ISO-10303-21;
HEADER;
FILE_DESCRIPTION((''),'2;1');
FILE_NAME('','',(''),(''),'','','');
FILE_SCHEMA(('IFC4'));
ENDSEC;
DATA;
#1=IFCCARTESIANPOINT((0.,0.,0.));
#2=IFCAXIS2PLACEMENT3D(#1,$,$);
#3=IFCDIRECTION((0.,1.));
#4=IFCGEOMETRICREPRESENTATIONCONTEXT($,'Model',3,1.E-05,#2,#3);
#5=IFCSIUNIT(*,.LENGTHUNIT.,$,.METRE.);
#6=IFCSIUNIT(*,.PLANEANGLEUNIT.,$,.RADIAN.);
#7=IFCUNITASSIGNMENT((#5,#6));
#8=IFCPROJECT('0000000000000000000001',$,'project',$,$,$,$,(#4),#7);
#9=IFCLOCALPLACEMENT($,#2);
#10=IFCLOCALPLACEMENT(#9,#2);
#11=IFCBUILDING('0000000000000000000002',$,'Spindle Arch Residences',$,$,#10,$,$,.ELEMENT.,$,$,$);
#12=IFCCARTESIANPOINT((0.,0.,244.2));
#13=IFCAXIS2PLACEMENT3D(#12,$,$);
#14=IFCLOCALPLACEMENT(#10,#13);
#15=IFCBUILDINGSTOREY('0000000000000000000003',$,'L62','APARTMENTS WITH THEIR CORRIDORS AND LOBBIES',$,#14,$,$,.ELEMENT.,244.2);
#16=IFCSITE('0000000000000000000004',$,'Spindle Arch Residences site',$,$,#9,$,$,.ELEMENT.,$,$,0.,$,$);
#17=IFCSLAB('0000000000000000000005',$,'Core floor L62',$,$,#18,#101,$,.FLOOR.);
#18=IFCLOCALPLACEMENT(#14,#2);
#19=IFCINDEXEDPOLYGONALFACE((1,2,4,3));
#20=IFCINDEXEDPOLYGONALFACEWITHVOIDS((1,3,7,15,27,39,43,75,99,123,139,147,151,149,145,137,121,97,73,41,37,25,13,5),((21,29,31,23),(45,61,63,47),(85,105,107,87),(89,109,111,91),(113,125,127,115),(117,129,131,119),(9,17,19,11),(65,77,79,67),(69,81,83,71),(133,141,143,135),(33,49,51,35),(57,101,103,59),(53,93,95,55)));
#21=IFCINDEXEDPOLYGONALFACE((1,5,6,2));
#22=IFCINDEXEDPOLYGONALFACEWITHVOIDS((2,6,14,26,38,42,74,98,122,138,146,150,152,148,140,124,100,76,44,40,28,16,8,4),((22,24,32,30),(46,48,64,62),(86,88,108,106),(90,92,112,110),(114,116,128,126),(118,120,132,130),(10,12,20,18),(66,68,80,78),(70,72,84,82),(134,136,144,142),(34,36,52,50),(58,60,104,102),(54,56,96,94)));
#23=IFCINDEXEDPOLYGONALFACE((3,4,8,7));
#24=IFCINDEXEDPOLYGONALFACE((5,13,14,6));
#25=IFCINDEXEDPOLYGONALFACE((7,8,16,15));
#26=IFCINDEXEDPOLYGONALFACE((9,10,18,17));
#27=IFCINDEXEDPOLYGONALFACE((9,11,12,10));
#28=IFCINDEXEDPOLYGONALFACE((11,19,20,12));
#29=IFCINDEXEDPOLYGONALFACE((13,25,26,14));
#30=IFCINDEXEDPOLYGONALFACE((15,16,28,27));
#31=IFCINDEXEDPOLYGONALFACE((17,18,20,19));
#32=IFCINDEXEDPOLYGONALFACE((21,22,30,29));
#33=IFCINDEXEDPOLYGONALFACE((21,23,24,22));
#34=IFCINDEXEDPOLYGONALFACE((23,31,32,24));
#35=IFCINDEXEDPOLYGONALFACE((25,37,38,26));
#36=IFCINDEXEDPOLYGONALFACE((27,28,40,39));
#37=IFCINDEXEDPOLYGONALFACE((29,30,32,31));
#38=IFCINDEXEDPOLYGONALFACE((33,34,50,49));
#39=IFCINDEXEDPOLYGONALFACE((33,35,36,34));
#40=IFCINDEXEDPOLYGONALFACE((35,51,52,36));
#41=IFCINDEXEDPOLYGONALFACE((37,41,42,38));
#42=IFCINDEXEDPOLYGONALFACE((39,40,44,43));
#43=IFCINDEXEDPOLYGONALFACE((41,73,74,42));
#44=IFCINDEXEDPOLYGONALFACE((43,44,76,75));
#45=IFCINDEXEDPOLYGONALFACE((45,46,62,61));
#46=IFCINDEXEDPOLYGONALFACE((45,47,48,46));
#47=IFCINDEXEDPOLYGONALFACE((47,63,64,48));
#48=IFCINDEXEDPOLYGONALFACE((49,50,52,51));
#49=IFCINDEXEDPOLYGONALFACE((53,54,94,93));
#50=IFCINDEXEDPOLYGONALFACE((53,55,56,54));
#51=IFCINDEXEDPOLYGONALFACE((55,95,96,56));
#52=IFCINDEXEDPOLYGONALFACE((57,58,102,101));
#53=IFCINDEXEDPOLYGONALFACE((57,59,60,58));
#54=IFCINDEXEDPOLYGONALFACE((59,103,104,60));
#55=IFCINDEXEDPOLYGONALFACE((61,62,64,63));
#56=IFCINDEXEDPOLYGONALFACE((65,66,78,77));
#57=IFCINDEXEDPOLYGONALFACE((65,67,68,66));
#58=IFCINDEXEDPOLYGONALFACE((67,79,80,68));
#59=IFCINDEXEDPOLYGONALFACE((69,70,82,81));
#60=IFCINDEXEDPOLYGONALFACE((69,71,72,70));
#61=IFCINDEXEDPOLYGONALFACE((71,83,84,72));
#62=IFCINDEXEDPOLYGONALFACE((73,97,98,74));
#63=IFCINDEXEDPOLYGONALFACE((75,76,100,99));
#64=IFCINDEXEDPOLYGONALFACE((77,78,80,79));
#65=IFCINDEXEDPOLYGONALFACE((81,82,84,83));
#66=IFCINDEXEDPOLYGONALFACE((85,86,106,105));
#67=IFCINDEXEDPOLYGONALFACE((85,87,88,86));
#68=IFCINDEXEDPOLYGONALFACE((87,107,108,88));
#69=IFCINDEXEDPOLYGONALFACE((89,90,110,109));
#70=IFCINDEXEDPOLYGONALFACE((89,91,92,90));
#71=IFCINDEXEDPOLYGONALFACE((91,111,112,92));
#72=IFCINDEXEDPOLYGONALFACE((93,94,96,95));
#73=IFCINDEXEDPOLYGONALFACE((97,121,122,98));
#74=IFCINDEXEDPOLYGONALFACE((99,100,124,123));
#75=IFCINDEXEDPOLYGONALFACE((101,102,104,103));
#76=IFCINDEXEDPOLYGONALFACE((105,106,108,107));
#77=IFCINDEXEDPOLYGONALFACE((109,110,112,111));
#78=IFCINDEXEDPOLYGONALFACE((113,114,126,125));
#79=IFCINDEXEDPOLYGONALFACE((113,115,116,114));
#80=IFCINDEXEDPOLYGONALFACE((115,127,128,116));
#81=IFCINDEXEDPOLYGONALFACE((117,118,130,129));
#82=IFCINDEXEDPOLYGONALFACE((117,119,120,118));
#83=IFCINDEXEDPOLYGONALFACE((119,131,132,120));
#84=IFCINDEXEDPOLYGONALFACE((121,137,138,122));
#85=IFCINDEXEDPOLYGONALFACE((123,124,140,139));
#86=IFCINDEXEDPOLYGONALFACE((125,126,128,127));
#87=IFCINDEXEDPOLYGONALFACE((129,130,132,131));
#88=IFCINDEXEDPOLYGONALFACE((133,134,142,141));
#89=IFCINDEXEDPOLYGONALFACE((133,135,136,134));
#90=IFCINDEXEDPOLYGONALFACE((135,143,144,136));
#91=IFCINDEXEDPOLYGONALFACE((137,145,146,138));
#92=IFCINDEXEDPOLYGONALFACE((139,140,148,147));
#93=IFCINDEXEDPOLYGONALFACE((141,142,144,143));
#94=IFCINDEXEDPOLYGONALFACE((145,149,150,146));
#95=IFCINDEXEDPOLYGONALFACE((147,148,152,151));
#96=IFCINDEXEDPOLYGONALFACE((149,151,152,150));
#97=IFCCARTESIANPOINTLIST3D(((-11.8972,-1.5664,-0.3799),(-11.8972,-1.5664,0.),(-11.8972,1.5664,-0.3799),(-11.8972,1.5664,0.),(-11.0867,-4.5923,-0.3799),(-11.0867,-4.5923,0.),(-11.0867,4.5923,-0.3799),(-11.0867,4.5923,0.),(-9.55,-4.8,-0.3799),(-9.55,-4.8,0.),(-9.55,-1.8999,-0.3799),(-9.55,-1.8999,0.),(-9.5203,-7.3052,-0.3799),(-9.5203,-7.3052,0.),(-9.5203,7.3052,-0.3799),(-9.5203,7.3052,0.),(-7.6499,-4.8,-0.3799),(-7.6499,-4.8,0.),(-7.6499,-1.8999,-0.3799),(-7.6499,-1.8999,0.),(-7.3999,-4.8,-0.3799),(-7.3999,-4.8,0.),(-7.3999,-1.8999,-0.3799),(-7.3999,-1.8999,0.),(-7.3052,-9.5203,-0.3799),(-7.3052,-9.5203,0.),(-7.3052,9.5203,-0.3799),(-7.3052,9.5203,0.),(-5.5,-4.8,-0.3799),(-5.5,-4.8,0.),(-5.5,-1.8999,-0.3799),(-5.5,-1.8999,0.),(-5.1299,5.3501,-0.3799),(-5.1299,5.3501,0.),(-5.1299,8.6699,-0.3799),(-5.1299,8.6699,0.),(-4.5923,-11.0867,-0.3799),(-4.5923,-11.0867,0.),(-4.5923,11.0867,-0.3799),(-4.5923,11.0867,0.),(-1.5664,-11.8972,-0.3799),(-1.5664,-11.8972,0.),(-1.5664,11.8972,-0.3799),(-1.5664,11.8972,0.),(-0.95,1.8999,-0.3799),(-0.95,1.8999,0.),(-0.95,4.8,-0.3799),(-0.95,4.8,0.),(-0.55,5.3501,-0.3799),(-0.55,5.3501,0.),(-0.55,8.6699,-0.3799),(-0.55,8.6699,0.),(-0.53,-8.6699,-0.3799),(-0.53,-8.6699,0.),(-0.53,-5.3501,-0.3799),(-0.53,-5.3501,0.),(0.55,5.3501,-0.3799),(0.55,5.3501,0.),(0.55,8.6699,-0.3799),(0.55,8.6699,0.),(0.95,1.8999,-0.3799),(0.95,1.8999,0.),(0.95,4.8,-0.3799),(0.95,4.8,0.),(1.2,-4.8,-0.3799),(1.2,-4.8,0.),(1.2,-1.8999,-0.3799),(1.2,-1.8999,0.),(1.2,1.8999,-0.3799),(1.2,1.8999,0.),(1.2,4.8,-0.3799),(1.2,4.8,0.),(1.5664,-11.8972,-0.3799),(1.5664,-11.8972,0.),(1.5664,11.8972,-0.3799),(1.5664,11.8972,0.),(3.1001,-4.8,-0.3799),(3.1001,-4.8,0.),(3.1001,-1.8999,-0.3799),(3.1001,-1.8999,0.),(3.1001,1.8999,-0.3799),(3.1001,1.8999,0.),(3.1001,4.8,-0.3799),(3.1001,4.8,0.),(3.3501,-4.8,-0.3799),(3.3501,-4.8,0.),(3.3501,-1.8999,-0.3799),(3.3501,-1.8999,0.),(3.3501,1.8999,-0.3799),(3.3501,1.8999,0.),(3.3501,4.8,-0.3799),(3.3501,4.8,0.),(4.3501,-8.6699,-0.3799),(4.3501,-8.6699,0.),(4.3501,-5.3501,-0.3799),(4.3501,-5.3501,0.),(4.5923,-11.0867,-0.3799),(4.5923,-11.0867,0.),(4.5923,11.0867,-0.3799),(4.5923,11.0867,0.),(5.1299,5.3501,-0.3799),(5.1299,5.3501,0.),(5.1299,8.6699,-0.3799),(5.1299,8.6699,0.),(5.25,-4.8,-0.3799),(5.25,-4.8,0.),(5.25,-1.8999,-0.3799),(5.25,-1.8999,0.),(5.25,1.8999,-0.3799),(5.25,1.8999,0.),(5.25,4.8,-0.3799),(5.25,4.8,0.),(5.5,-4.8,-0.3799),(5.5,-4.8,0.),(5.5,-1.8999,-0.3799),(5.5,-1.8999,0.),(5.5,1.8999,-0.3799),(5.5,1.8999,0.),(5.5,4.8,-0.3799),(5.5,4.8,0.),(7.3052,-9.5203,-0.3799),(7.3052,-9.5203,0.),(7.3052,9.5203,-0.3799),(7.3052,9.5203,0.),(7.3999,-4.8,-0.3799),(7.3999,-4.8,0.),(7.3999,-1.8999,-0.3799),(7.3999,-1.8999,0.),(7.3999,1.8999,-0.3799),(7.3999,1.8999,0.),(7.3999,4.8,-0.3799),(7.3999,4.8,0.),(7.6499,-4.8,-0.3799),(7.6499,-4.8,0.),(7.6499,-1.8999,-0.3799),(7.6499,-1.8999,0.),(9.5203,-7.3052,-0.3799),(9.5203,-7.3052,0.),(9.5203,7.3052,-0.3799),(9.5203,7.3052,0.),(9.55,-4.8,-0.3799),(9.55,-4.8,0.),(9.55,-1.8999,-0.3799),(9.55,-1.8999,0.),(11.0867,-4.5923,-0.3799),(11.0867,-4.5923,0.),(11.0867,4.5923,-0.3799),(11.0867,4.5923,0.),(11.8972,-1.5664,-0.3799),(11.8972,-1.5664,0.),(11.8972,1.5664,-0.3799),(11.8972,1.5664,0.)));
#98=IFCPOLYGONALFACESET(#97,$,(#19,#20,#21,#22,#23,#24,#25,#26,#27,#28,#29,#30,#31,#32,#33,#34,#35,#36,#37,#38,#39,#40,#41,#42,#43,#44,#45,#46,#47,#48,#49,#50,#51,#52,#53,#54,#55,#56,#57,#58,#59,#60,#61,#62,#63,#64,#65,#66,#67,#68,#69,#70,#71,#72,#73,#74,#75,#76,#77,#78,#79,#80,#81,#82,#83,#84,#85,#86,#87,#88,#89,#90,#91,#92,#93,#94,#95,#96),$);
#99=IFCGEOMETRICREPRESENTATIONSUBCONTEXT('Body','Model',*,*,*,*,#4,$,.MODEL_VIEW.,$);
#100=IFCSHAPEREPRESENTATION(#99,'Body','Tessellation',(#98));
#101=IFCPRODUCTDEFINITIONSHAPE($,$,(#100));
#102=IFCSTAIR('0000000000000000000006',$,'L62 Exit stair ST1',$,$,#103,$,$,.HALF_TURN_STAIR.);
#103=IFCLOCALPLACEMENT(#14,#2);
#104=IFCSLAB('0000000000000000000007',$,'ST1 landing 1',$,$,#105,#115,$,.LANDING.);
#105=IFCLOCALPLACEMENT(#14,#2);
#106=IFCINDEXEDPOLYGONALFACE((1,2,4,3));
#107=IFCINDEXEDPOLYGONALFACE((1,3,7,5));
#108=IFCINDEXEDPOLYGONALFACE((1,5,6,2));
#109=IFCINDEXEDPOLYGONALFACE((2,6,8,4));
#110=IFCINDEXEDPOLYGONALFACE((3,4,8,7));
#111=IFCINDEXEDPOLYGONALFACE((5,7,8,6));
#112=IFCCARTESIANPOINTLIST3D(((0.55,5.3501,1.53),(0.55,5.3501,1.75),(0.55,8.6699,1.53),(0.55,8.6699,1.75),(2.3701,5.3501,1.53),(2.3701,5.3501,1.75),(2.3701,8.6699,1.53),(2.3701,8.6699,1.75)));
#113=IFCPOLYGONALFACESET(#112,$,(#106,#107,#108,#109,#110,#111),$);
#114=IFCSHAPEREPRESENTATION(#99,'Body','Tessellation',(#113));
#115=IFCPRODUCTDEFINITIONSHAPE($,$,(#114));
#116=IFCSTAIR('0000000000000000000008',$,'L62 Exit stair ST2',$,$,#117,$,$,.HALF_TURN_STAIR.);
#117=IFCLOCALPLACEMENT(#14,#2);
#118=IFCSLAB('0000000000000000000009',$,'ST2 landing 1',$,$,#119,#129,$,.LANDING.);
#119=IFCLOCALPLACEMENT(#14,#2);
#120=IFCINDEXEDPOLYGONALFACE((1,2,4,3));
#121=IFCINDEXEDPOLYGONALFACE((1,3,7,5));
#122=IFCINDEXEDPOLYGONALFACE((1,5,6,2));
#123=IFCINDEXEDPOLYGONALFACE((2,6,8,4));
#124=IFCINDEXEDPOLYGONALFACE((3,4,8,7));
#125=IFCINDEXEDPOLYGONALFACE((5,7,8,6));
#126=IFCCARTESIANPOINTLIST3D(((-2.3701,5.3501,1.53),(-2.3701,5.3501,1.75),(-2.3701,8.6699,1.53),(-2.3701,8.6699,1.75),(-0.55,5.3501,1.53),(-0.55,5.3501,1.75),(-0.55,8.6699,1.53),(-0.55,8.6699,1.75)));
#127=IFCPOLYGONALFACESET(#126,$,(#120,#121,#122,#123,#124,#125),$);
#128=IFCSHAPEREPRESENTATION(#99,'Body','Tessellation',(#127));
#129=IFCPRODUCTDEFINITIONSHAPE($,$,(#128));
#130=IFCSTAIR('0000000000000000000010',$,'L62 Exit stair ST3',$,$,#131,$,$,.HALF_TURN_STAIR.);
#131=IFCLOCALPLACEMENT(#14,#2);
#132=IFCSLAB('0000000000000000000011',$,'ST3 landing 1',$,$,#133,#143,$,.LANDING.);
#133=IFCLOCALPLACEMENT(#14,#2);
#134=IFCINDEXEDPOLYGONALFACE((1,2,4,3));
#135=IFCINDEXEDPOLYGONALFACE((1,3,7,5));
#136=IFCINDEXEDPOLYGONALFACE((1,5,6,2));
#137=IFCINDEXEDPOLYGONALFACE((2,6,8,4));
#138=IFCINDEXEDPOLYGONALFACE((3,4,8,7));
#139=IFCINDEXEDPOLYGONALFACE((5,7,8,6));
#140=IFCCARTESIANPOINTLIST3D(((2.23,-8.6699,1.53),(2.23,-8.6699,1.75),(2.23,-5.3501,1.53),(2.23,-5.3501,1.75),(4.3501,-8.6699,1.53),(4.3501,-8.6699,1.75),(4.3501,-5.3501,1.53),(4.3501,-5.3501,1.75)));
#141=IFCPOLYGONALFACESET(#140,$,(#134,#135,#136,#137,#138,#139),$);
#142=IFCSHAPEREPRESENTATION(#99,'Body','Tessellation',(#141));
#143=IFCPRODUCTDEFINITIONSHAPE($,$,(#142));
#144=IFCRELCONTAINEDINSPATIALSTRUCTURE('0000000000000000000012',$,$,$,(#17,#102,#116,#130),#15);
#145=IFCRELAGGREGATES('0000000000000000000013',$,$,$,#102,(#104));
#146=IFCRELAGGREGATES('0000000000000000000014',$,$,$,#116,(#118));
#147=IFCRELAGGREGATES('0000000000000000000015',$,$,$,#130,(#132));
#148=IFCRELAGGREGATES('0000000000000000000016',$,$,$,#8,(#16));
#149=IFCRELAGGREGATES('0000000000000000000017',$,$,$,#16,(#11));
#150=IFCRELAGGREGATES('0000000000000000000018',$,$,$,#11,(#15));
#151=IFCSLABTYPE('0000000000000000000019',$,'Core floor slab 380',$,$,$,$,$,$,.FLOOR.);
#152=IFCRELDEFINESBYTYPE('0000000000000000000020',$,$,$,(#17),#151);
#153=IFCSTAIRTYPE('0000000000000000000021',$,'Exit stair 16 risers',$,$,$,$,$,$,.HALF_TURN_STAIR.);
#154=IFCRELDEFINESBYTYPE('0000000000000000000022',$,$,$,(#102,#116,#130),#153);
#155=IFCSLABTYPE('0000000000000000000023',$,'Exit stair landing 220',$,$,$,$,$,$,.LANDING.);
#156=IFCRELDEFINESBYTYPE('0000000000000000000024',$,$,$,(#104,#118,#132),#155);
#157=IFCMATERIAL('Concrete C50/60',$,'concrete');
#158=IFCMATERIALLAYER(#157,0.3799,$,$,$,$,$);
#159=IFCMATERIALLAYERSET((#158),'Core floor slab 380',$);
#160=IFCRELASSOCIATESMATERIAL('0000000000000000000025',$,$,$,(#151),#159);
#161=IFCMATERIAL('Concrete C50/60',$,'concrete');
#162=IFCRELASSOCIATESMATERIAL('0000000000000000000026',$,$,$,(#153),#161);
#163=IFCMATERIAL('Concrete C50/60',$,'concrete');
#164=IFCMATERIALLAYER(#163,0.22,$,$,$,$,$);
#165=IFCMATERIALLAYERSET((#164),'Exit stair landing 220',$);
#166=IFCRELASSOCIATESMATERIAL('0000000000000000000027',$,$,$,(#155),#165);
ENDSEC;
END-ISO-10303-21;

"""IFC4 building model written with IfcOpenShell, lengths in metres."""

from ifc_helpers import new_model, si_unit, direction, frame, origin, place, context, subcontext, project, spatial, polyline, outline, extrude, material, layer, layer_set, type_object, element, aggregate, save


model = new_model("IFC4")

# Units and contexts
model_context = context("Model", 3, precision=1e-05, world=origin(), true_north=direction((0.0, 1.0)))
body_context = subcontext(model_context, "Body", "Model", "MODEL_VIEW")
ifc_project = project(units=[si_unit("LENGTHUNIT", "METRE"), si_unit("PLANEANGLEUNIT", "RADIAN")], contexts=[model_context])

# Site, building, storey
site_placement = place(None, origin())
site = spatial("IfcSite", under=ifc_project, at=site_placement, Name="Spindle Arch Residences site", CompositionType="ELEMENT", RefElevation=0.0)
building_placement = place(site_placement, origin())
building = spatial("IfcBuilding", under=site, at=building_placement, Name="Spindle Arch Residences", CompositionType="ELEMENT")
storey_placement = place(building_placement, frame((0.0, 0.0, 244.2)))
storey = spatial("IfcBuildingStorey", under=building, at=storey_placement, Name="L62", Description="APARTMENTS WITH THEIR CORRIDORS AND LOBBIES", CompositionType="ELEMENT", Elevation=244.2)

# Slab
ifc_material_1 = material(Name="Concrete C50/60", Category="concrete")
ifc_layer_1 = layer(ifc_material_1, 0.3799)
ifc_layer_set_1 = layer_set([ifc_layer_1], Name="Core floor slab 380")
slab_type_1 = type_object("IfcSlabType", Name="Core floor slab 380", PredefinedType="FLOOR", material=ifc_layer_set_1)
slab_1_placement = place(storey_placement, frame((0.0, 0.0, -0.3799)))
element("IfcSlab", 1, at=slab_1_placement, inside=storey, type_object=slab_type_1, Name="Core floor L62", PredefinedType="FLOOR", context=body_context, shape_type="SweptSolid", body=[
    extrude(outline(polyline([(1.5664, -11.8972), (4.5923, -11.0867), (7.3052, -9.5203), (9.5203, -7.3052), (11.0867, -4.5923), (11.8972, -1.5664), (11.8972, 1.5664), (11.0867, 4.5923), (9.5203, 7.3052), (7.3052, 9.5203), (4.5923, 11.0867), (1.5664, 11.8972), (-1.5664, 11.8972), (-4.5923, 11.0867), (-7.3052, 9.5203), (-9.5203, 7.3052), (-11.0867, 4.5923), (-11.8972, 1.5664), (-11.8972, -1.5664), (-11.0867, -4.5923), (-9.5203, -7.3052), (-7.3052, -9.5203), (-4.5923, -11.0867), (-1.5664, -11.8972), (1.5664, -11.8972)]), holes=[polyline([(-0.95, 1.8999), (0.95, 1.8999), (0.95, 4.8), (-0.95, 4.8), (-0.95, 1.8999)]), polyline([(1.2, 1.8999), (3.1001, 1.8999), (3.1001, 4.8), (1.2, 4.8), (1.2, 1.8999)]), polyline([(3.3501, 1.8999), (5.25, 1.8999), (5.25, 4.8), (3.3501, 4.8), (3.3501, 1.8999)]), polyline([(5.5, 1.8999), (7.3999, 1.8999), (7.3999, 4.8), (5.5, 4.8), (5.5, 1.8999)]), polyline([(-9.55, -4.8), (-7.6499, -4.8), (-7.6499, -1.8999), (-9.55, -1.8999), (-9.55, -4.8)]), polyline([(-7.3999, -4.8), (-5.5, -4.8), (-5.5, -1.8999), (-7.3999, -1.8999), (-7.3999, -4.8)]), polyline([(1.2, -4.8), (3.1001, -4.8), (3.1001, -1.8999), (1.2, -1.8999), (1.2, -4.8)]), polyline([(3.3501, -4.8), (5.25, -4.8), (5.25, -1.8999), (3.3501, -1.8999), (3.3501, -4.8)]), polyline([(5.5, -4.8), (7.3999, -4.8), (7.3999, -1.8999), (5.5, -1.8999), (5.5, -4.8)]), polyline([(7.6499, -4.8), (9.55, -4.8), (9.55, -1.8999), (7.6499, -1.8999), (7.6499, -4.8)]), polyline([(5.1299, 8.6699), (0.55, 8.6699), (0.55, 5.3501), (5.1299, 5.3501), (5.1299, 8.6699)]), polyline([(-5.1299, 5.3501), (-0.55, 5.3501), (-0.55, 8.6699), (-5.1299, 8.6699), (-5.1299, 5.3501)]), polyline([(-0.53, -8.6699), (4.3501, -8.6699), (4.3501, -5.3501), (-0.53, -5.3501), (-0.53, -8.6699)])]), origin(), (0.0, 0.0, 1.0), 0.3799),
])

# Stairs, slabs
ifc_material_2 = material(Name="Concrete C50/60", Category="concrete")
stair_type = type_object("IfcStairType", Name="Exit stair 16 risers", PredefinedType="HALF_TURN_STAIR", material=ifc_material_2)
stair_1_placement = place(storey_placement, origin())
stair_1 = element("IfcStair", 2, at=stair_1_placement, inside=storey, type_object=stair_type, Name="L62 Exit stair ST1", PredefinedType="HALF_TURN_STAIR")
ifc_material_3 = material(Name="Concrete C50/60", Category="concrete")
ifc_layer_2 = layer(ifc_material_3, 0.22)
ifc_layer_set_2 = layer_set([ifc_layer_2], Name="Exit stair landing 220")
slab_type_2 = type_object("IfcSlabType", Name="Exit stair landing 220", PredefinedType="LANDING", material=ifc_layer_set_2)
slab_2_placement = place(storey_placement, frame((0.0, 0.0, 1.53)))
slab_2 = element("IfcSlab", 3, at=slab_2_placement, type_object=slab_type_2, Name="ST1 landing 1", PredefinedType="LANDING", context=body_context, shape_type="SweptSolid", body=[
    extrude(outline(polyline([(2.3701, 8.6699), (0.55, 8.6699), (0.55, 5.3501), (2.3701, 5.3501), (2.3701, 8.6699)])), origin(), (0.0, 0.0, 1.0), 0.22),
])
aggregate(stair_1, [slab_2])
stair_2_placement = place(storey_placement, origin())
stair_2 = element("IfcStair", 4, at=stair_2_placement, inside=storey, type_object=stair_type, Name="L62 Exit stair ST2", PredefinedType="HALF_TURN_STAIR")
slab_3_placement = place(storey_placement, frame((0.0, 0.0, 1.53)))
slab_3 = element("IfcSlab", 5, at=slab_3_placement, type_object=slab_type_2, Name="ST2 landing 1", PredefinedType="LANDING", context=body_context, shape_type="SweptSolid", body=[
    extrude(outline(polyline([(-2.3701, 5.3501), (-0.55, 5.3501), (-0.55, 8.6699), (-2.3701, 8.6699), (-2.3701, 5.3501)])), origin(), (0.0, 0.0, 1.0), 0.22),
])
aggregate(stair_2, [slab_3])
stair_3_placement = place(storey_placement, origin())
stair_3 = element("IfcStair", 6, at=stair_3_placement, inside=storey, type_object=stair_type, Name="L62 Exit stair ST3", PredefinedType="HALF_TURN_STAIR")
slab_4_placement = place(storey_placement, frame((0.0, 0.0, 1.53)))
slab_4 = element("IfcSlab", 7, at=slab_4_placement, type_object=slab_type_2, Name="ST3 landing 1", PredefinedType="LANDING", context=body_context, shape_type="SweptSolid", body=[
    extrude(outline(polyline([(2.23, -8.6699), (4.3501, -8.6699), (4.3501, -5.3501), (2.23, -5.3501), (2.23, -8.6699)])), origin(), (0.0, 0.0, 1.0), 0.22),
])

aggregate(stair_3, [slab_4])

save(model, "model.ifc")
